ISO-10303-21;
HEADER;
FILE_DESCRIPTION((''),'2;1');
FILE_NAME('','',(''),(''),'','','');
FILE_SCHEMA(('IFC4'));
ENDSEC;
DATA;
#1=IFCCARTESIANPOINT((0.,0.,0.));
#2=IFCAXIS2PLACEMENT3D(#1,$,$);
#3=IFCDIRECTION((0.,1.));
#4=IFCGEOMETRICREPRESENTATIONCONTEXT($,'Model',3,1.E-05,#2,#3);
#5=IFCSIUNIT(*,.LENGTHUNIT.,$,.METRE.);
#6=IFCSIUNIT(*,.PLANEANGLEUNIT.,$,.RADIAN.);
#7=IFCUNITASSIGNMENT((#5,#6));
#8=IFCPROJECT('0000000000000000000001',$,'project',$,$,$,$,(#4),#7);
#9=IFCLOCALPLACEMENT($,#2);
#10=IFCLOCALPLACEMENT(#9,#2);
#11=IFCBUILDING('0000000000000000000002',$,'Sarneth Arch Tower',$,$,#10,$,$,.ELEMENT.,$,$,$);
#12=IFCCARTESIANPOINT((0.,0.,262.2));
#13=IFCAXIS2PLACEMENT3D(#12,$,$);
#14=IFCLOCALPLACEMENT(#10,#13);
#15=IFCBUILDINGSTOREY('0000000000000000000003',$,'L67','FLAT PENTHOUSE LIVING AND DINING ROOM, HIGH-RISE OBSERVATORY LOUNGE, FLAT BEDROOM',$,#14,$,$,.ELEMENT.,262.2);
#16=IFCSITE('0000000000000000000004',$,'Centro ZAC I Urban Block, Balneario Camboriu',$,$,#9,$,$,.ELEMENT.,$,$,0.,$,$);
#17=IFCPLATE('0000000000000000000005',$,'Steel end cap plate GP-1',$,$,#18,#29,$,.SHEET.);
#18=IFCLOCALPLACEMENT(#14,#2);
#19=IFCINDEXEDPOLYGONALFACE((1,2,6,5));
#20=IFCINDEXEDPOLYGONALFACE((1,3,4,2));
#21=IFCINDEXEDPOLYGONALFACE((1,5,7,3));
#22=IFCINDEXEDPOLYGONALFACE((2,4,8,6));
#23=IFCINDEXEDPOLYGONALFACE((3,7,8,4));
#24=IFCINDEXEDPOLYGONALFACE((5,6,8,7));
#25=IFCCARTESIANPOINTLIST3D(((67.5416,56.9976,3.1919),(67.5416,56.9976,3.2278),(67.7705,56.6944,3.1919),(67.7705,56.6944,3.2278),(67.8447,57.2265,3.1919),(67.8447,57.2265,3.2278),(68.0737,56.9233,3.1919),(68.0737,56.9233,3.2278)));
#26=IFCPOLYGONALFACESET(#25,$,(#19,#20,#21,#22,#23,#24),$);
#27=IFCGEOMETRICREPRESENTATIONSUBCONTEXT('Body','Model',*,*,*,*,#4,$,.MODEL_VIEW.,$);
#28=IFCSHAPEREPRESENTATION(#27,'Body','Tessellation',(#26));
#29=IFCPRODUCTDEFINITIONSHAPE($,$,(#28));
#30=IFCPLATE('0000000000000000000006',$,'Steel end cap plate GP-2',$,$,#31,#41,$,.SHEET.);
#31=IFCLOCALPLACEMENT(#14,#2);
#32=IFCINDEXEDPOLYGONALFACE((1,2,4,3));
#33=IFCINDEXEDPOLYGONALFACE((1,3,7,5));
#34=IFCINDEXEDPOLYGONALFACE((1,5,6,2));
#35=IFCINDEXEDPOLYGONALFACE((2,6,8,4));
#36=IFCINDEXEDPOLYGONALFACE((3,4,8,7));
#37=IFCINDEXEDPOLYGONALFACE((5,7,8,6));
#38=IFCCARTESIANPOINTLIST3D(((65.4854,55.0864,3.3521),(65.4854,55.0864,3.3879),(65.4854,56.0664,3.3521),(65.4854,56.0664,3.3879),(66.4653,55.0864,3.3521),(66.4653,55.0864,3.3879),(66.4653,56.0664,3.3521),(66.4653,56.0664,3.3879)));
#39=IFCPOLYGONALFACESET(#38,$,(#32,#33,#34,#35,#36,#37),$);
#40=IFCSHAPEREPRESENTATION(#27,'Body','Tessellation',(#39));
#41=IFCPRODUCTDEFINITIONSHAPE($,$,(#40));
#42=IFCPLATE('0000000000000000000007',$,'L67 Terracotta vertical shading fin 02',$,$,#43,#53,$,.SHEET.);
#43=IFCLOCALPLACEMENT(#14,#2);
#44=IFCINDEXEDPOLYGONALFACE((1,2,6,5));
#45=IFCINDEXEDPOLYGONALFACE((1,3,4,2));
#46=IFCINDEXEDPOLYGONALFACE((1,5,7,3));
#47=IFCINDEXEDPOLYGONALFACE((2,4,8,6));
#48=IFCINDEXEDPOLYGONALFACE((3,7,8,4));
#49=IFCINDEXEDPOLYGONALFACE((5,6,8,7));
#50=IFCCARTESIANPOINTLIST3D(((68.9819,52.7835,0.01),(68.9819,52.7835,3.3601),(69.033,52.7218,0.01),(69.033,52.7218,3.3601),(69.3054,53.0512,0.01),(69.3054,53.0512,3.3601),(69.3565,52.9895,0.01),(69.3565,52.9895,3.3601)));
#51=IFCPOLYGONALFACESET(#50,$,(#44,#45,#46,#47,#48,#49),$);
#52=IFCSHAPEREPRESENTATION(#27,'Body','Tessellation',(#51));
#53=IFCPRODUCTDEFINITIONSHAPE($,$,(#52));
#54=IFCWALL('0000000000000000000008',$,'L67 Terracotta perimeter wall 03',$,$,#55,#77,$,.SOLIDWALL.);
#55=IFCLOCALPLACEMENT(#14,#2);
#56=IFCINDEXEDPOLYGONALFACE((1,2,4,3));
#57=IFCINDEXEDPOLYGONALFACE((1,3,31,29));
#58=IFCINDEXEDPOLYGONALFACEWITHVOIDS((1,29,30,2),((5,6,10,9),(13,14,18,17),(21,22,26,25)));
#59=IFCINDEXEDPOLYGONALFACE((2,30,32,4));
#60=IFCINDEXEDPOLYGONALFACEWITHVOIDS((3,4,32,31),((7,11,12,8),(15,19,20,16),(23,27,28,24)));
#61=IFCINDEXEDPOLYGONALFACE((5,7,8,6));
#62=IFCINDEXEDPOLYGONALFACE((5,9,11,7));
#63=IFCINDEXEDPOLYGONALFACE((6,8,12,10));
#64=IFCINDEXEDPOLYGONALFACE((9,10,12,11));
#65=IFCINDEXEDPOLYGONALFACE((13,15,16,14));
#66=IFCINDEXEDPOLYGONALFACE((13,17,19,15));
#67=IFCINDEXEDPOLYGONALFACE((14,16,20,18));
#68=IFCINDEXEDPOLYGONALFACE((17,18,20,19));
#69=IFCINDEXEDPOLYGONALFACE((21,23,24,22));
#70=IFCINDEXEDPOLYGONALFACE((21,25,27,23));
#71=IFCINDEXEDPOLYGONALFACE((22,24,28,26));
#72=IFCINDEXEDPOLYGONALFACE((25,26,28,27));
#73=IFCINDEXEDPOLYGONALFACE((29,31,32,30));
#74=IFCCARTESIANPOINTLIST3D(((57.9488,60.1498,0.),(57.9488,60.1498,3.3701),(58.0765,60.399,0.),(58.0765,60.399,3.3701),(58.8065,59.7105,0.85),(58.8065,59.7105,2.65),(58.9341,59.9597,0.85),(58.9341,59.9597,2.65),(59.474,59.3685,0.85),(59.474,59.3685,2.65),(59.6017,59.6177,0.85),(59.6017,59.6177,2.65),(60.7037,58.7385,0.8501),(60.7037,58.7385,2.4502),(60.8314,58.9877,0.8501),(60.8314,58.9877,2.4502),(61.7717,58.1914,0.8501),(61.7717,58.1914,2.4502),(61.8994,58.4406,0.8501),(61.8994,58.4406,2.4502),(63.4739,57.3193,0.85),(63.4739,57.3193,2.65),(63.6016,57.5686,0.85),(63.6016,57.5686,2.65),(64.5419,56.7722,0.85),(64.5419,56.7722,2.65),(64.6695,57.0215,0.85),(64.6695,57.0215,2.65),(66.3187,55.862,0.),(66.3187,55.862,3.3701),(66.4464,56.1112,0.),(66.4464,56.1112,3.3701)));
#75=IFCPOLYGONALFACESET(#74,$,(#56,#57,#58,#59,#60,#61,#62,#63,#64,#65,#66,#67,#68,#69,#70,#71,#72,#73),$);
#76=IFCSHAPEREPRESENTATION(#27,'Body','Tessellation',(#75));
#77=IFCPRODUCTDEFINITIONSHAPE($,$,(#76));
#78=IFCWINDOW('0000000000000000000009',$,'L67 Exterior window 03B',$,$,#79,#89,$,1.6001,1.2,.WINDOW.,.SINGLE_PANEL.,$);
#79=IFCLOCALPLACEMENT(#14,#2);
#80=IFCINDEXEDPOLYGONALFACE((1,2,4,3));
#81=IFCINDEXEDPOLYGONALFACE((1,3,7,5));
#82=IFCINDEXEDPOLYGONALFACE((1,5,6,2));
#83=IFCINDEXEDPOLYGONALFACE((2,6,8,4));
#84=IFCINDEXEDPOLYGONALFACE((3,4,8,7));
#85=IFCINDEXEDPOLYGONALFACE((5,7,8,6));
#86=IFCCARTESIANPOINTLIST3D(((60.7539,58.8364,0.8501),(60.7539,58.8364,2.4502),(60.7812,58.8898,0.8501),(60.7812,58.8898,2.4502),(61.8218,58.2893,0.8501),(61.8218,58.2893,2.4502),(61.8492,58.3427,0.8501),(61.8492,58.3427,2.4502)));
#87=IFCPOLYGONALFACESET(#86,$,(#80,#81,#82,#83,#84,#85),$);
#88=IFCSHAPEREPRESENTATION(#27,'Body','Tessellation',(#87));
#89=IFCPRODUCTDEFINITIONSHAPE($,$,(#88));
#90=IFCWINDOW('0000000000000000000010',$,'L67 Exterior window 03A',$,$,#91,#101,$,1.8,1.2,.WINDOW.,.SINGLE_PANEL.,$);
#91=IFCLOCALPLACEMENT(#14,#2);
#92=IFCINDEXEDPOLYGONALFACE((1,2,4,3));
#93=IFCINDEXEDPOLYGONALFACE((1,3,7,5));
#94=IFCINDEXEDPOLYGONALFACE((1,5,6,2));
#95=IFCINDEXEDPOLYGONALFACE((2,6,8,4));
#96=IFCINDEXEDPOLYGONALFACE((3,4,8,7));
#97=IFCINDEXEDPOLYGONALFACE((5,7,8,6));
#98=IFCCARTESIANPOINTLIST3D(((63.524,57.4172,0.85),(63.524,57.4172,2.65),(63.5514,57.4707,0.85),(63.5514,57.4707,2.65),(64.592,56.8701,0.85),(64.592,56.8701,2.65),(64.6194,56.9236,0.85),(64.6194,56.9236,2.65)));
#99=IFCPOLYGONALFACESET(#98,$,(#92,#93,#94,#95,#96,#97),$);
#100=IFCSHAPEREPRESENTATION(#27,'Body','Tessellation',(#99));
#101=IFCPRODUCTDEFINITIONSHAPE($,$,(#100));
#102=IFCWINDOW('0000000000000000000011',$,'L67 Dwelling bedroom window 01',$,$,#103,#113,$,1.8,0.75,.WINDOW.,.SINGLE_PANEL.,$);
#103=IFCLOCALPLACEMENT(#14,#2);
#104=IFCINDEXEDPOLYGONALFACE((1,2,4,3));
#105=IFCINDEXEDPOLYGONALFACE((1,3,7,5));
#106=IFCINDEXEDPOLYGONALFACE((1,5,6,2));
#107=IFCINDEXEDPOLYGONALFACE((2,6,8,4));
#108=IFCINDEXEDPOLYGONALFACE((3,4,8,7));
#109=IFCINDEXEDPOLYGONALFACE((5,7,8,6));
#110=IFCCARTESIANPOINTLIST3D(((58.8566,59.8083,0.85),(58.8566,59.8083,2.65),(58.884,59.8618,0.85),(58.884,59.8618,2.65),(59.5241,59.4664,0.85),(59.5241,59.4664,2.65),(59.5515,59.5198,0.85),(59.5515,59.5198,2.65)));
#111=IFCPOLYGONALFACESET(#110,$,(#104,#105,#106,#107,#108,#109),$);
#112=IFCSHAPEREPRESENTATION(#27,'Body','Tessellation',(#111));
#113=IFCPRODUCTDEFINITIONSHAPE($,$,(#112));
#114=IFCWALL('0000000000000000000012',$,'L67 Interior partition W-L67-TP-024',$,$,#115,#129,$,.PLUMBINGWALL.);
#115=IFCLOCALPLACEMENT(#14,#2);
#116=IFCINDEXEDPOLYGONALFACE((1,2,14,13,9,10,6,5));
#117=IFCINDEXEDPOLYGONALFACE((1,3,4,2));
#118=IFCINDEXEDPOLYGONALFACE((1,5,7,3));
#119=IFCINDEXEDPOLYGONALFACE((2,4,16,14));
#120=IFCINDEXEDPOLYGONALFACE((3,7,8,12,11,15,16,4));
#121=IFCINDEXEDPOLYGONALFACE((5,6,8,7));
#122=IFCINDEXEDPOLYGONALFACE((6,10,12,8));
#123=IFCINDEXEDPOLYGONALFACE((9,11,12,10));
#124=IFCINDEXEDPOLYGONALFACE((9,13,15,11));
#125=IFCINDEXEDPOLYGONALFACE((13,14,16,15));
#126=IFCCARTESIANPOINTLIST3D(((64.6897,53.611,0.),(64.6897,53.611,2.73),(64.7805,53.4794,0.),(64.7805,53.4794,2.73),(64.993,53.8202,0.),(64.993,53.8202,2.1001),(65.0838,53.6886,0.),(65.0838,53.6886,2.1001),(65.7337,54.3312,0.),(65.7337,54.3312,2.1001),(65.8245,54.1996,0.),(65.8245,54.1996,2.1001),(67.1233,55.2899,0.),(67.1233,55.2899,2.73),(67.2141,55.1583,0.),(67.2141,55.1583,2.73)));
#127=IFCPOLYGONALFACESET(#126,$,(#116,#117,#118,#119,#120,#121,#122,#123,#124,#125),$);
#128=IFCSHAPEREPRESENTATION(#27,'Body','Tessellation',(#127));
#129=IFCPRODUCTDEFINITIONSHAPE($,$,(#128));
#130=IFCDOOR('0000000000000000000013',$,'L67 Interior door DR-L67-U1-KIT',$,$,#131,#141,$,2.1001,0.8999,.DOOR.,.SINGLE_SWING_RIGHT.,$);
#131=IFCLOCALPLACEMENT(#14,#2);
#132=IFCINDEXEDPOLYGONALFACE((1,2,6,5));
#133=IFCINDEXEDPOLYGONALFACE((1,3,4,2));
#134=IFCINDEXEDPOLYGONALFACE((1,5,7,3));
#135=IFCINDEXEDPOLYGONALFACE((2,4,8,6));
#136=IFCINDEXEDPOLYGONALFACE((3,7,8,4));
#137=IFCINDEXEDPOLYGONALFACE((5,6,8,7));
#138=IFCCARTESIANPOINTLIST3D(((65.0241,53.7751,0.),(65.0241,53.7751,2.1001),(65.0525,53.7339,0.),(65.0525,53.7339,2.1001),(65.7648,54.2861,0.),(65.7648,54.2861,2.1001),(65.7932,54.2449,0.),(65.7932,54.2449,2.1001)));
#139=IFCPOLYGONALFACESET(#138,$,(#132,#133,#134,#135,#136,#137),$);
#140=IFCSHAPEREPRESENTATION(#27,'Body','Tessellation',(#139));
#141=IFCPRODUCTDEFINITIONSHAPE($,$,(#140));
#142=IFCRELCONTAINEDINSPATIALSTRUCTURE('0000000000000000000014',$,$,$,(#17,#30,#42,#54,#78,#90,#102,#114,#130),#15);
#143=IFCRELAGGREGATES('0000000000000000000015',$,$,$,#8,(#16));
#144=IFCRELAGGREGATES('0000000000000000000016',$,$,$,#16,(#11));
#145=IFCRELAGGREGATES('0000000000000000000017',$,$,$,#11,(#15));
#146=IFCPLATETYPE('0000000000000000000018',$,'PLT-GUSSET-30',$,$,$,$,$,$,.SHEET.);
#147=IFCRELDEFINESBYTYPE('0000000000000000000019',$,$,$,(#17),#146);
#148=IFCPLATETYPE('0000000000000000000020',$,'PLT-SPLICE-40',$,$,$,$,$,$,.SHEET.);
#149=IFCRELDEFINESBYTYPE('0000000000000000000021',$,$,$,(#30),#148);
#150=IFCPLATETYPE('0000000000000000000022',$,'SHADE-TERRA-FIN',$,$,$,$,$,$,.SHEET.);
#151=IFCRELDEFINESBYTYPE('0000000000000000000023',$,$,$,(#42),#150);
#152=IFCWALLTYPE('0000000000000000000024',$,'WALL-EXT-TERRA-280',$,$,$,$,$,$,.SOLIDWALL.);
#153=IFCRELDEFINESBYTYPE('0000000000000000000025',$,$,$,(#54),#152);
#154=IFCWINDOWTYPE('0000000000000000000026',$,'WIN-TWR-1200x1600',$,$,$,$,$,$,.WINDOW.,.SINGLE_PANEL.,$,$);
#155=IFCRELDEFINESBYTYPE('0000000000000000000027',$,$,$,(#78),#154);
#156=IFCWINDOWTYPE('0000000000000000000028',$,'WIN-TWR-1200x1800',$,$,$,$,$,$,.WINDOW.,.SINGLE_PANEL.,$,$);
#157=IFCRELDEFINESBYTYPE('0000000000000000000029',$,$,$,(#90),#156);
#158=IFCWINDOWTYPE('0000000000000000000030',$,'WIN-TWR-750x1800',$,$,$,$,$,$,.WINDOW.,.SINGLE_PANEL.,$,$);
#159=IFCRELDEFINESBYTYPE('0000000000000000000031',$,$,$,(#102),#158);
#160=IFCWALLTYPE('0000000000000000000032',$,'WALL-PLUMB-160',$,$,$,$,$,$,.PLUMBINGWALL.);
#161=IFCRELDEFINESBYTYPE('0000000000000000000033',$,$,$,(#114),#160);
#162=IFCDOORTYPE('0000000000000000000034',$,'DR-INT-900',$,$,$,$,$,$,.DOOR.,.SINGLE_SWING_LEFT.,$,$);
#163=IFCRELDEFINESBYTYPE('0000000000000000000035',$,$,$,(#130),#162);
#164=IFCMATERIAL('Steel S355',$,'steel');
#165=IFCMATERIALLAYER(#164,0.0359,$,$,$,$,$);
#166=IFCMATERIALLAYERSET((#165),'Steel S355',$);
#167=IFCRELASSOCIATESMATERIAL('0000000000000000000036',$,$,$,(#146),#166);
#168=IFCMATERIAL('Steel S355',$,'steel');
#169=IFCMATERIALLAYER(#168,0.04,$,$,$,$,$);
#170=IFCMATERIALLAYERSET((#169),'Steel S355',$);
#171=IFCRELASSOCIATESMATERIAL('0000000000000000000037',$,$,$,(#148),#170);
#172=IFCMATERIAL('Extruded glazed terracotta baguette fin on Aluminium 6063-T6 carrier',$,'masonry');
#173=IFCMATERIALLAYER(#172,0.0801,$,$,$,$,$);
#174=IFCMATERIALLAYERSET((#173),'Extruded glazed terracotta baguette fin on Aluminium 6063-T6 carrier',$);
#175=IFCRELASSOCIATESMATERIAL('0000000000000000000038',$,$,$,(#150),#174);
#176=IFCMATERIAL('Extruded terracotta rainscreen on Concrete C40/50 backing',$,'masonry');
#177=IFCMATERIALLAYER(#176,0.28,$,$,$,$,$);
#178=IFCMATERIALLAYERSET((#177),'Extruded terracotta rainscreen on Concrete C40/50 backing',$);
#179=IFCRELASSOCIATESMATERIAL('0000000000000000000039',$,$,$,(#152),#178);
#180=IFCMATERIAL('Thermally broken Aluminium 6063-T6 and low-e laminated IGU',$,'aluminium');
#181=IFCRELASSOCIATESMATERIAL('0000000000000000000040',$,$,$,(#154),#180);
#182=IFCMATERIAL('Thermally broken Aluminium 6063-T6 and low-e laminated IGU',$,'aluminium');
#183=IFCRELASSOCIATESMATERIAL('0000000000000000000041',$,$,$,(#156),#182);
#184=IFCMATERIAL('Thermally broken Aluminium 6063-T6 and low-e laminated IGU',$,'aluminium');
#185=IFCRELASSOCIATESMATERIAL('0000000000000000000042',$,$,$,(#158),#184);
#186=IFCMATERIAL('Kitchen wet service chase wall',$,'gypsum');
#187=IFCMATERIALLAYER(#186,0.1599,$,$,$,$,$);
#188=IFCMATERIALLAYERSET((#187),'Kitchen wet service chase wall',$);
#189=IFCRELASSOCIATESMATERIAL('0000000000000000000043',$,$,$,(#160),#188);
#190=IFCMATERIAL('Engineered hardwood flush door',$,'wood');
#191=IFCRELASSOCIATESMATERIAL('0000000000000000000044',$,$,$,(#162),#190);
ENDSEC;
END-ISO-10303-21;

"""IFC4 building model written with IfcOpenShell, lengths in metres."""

from ifc_helpers import new_model, si_unit, direction, frame, frame_2d, origin, origin_2d, place, context, subcontext, project, spatial, rectangle, extrude, material, layer, layer_set, type_object, element, fill, save


model = new_model("IFC4")

# Units and contexts
model_context = context("Model", 3, precision=1e-05, world=origin(), true_north=direction((0.0, 1.0)))
body_context = subcontext(model_context, "Body", "Model", "MODEL_VIEW")
ifc_project = project(units=[si_unit("LENGTHUNIT", "METRE"), si_unit("PLANEANGLEUNIT", "RADIAN")], contexts=[model_context])

# Site, building, storey
site_placement = place(None, origin())
site = spatial("IfcSite", under=ifc_project, at=site_placement, Name="Centro ZAC I Urban Block, Balneario Camboriu", CompositionType="ELEMENT", RefElevation=0.0)
building_placement = place(site_placement, origin())
building = spatial("IfcBuilding", under=site, at=building_placement, Name="Sarneth Arch Tower", CompositionType="ELEMENT")
storey_placement = place(building_placement, frame((0.0, 0.0, 262.2)))
storey = spatial("IfcBuildingStorey", under=building, at=storey_placement, Name="L67", Description="FLAT PENTHOUSE LIVING AND DINING ROOM, HIGH-RISE OBSERVATORY LOUNGE, FLAT BEDROOM", CompositionType="ELEMENT", Elevation=262.2)

# Plates
ifc_material_1 = material(Name="Steel S355", Category="steel")
ifc_layer_1 = layer(ifc_material_1, 0.0359)
ifc_layer_set_1 = layer_set([ifc_layer_1], Name="Steel S355")
plate_type_1 = type_object("IfcPlateType", Name="PLT-GUSSET-30", PredefinedType="SHEET", material=ifc_layer_set_1)
plate_1_placement = place(storey_placement, frame((67.8076, 56.9604, 3.1919), z_axis=(0.0, 0.0, 1.0), x_axis=(0.798005, 0.602651, 0.0)))
element("IfcPlate", 1, at=plate_1_placement, inside=storey, type_object=plate_type_1, Name="Steel end cap plate GP-1", PredefinedType="SHEET", context=body_context, shape_type="SweptSolid", body=[
    extrude(rectangle(XDim=0.3799, YDim=0.3799, at=origin_2d()), origin(), (0.0, 0.0, 1.0), 0.0359),
])
ifc_material_2 = material(Name="Steel S355", Category="steel")
ifc_layer_2 = layer(ifc_material_2, 0.04)
ifc_layer_set_2 = layer_set([ifc_layer_2], Name="Steel S355")
plate_type_2 = type_object("IfcPlateType", Name="PLT-SPLICE-40", PredefinedType="SHEET", material=ifc_layer_set_2)
plate_2_placement = place(storey_placement, frame((65.9753, 55.5764, 3.3521), z_axis=(0.0, 0.0, 1.0), x_axis=(1.0, 0.0, 0.0)))
element("IfcPlate", 2, at=plate_2_placement, inside=storey, type_object=plate_type_2, Name="Steel end cap plate GP-2", PredefinedType="SHEET", context=body_context, shape_type="SweptSolid", body=[
    extrude(rectangle(XDim=0.98, YDim=0.98, at=origin_2d()), origin(), (0.0, 0.0, 1.0), 0.0359),
])
ifc_material_3 = material(Name="Extruded glazed terracotta baguette fin on Aluminium 6063-T6 carrier", Category="masonry")
ifc_layer_3 = layer(ifc_material_3, 0.0801)
ifc_layer_set_3 = layer_set([ifc_layer_3], Name="Extruded glazed terracotta baguette fin on Aluminium 6063-T6 carrier")
plate_type_3 = type_object("IfcPlateType", Name="SHADE-TERRA-FIN", PredefinedType="SHEET", material=ifc_layer_set_3)
plate_3_placement = place(storey_placement, frame((69.1692, 52.8865, 0.01), z_axis=(0.0, 0.0, 1.0), x_axis=(0.770402, 0.637558, 0.0)))
element("IfcPlate", 3, at=plate_3_placement, inside=storey, type_object=plate_type_3, Name="L67 Terracotta vertical shading fin 02", PredefinedType="SHEET", context=body_context, shape_type="SweptSolid", body=[
    extrude(rectangle(XDim=0.4199, YDim=0.0801, at=origin_2d()), origin(), (0.0, 0.0, 1.0), 3.3501),
])

# Wall, openings, windows
ifc_material_4 = material(Name="Extruded terracotta rainscreen on Concrete C40/50 backing", Category="masonry")
ifc_layer_4 = layer(ifc_material_4, 0.28)
ifc_layer_set_4 = layer_set([ifc_layer_4], Name="Extruded terracotta rainscreen on Concrete C40/50 backing")
wall_type_1 = type_object("IfcWallType", Name="WALL-EXT-TERRA-280", PredefinedType="SOLIDWALL", material=ifc_layer_set_4)
wall_1_placement = place(storey_placement, frame((66.3826, 55.9866, 0.0), z_axis=(0.0, 0.0, 1.0), x_axis=(-0.890007, 0.455946, 0.0)))
wall_1 = element("IfcWall", 4, at=wall_1_placement, inside=storey, type_object=wall_type_1, Name="L67 Terracotta perimeter wall 03", PredefinedType="SOLIDWALL", context=body_context, shape_type="SweptSolid", body=[
    extrude(rectangle(XDim=9.4043, YDim=0.28, at=frame_2d((4.7021, 0.0))), origin(), (0.0, 0.0, 1.0), 3.3701),
])
opening_1_placement = place(wall_1_placement, frame((1.9963, 0.0, 0.8501)))
opening_1 = element("IfcOpeningElement", 5, at=opening_1_placement, cuts=wall_1, PredefinedType="OPENING", context=body_context, shape_type="SweptSolid", body=[
    extrude(rectangle(XDim=1.2, YDim=1.8, at=frame_2d((0.6001, 0.8999))), frame((0.0, 0.1499, 0.0), z_axis=(0.0, -1.0, 0.0), x_axis=(1.0, 0.0, 0.0)), (0.0, 0.0, 1.0), 0.3),
])
opening_2_placement = place(wall_1_placement, frame((5.1089, 0.0, 0.8501)))
opening_2 = element("IfcOpeningElement", 6, at=opening_2_placement, cuts=wall_1, PredefinedType="OPENING", context=body_context, shape_type="SweptSolid", body=[
    extrude(rectangle(XDim=1.2, YDim=1.6001, at=frame_2d((0.6001, 0.8))), frame((0.0, 0.1499, 0.0), z_axis=(0.0, -1.0, 0.0), x_axis=(1.0, 0.0, 0.0)), (0.0, 0.0, 1.0), 0.3),
])
opening_3_placement = place(wall_1_placement, frame((7.6907, 0.0, 0.8501)))
opening_3 = element("IfcOpeningElement", 7, at=opening_3_placement, cuts=wall_1, PredefinedType="OPENING", context=body_context, shape_type="SweptSolid", body=[
    extrude(rectangle(XDim=0.75, YDim=1.8, at=frame_2d((0.375, 0.8999))), frame((0.0, 0.1499, 0.0), z_axis=(0.0, -1.0, 0.0), x_axis=(1.0, 0.0, 0.0)), (0.0, 0.0, 1.0), 0.3),
])
ifc_material_5 = material(Name="Thermally broken Aluminium 6063-T6 and low-e laminated IGU", Category="aluminium")
window_type_1 = type_object("IfcWindowType", Name="WIN-TWR-1200x1600", PartitioningType="SINGLE_PANEL", PredefinedType="WINDOW", material=ifc_material_5)
window_1_placement = place(opening_2_placement, origin())
window_1 = element("IfcWindow", 8, at=window_1_placement, inside=storey, type_object=window_type_1, Name="L67 Exterior window 03B", OverallHeight=1.6001, OverallWidth=1.2, PartitioningType="SINGLE_PANEL", PredefinedType="WINDOW", context=body_context, shape_type="SweptSolid", body=[
    extrude(rectangle(XDim=1.2, YDim=1.6001, at=frame_2d((0.6001, 0.8))), frame((0.0, 0.03, 0.0), z_axis=(0.0, -1.0, 0.0), x_axis=(1.0, 0.0, 0.0)), (0.0, 0.0, 1.0), 0.0601),
])
fill(opening_2, window_1)
ifc_material_6 = material(Name="Thermally broken Aluminium 6063-T6 and low-e laminated IGU", Category="aluminium")
window_type_2 = type_object("IfcWindowType", Name="WIN-TWR-1200x1800", PartitioningType="SINGLE_PANEL", PredefinedType="WINDOW", material=ifc_material_6)
window_2_placement = place(opening_1_placement, origin())
window_2 = element("IfcWindow", 9, at=window_2_placement, inside=storey, type_object=window_type_2, Name="L67 Exterior window 03A", OverallHeight=1.8, OverallWidth=1.2, PartitioningType="SINGLE_PANEL", PredefinedType="WINDOW", context=body_context, shape_type="SweptSolid", body=[
    extrude(rectangle(XDim=1.2, YDim=1.8, at=frame_2d((0.6001, 0.8999))), frame((0.0, 0.03, 0.0), z_axis=(0.0, -1.0, 0.0), x_axis=(1.0, 0.0, 0.0)), (0.0, 0.0, 1.0), 0.0601),
])
fill(opening_1, window_2)
ifc_material_7 = material(Name="Thermally broken Aluminium 6063-T6 and low-e laminated IGU", Category="aluminium")
window_type_3 = type_object("IfcWindowType", Name="WIN-TWR-750x1800", PartitioningType="SINGLE_PANEL", PredefinedType="WINDOW", material=ifc_material_7)
window_3_placement = place(opening_3_placement, origin())
window_3 = element("IfcWindow", 10, at=window_3_placement, inside=storey, type_object=window_type_3, Name="L67 Dwelling bedroom window 01", OverallHeight=1.8, OverallWidth=0.75, PartitioningType="SINGLE_PANEL", PredefinedType="WINDOW", context=body_context, shape_type="SweptSolid", body=[
    extrude(rectangle(XDim=0.75, YDim=1.8, at=frame_2d((0.375, 0.8999))), frame((0.0, 0.03, 0.0), z_axis=(0.0, -1.0, 0.0), x_axis=(1.0, 0.0, 0.0)), (0.0, 0.0, 1.0), 0.0601),
])
fill(opening_3, window_3)

# Wall, opening, door
ifc_material_8 = material(Name="Kitchen wet service chase wall", Category="gypsum")
ifc_layer_5 = layer(ifc_material_8, 0.1599)
ifc_layer_set_5 = layer_set([ifc_layer_5], Name="Kitchen wet service chase wall")
wall_type_2 = type_object("IfcWallType", Name="WALL-PLUMB-160", PredefinedType="PLUMBINGWALL", material=ifc_layer_set_5)
wall_2_placement = place(storey_placement, frame((67.1687, 55.2241, 0.0), z_axis=(0.0, 0.0, 1.0), x_axis=(-0.823116, -0.567874, 0.0)))
wall_2 = element("IfcWall", 11, at=wall_2_placement, inside=storey, type_object=wall_type_2, Name="L67 Interior partition W-L67-TP-024", PredefinedType="PLUMBINGWALL", context=body_context, shape_type="SweptSolid", body=[
    extrude(rectangle(XDim=2.9565, YDim=0.1599, at=frame_2d((1.4783, 0.0))), origin(), (0.0, 0.0, 1.0), 2.73),
])
opening_4_placement = place(wall_2_placement, frame((1.6882, 0.0, 0.0)))
opening_4 = element("IfcOpeningElement", 12, at=opening_4_placement, cuts=wall_2, PredefinedType="OPENING", context=body_context, shape_type="SweptSolid", body=[
    extrude(rectangle(XDim=0.8999, YDim=2.1001, at=frame_2d((0.45, 1.05))), frame((0.0, 0.0898, 0.0), z_axis=(0.0, -1.0, 0.0), x_axis=(1.0, 0.0, 0.0)), (0.0, 0.0, 1.0), 0.1799),
])
ifc_material_9 = material(Name="Engineered hardwood flush door", Category="wood")
door_type = type_object("IfcDoorType", Name="DR-INT-900", OperationType="SINGLE_SWING_LEFT", PredefinedType="DOOR", material=ifc_material_9)
door_placement = place(opening_4_placement, origin())
door = element("IfcDoor", 13, at=door_placement, inside=storey, type_object=door_type, Name="L67 Interior door DR-L67-U1-KIT", OperationType="SINGLE_SWING_RIGHT", OverallHeight=2.1001, OverallWidth=0.8999, PredefinedType="DOOR", context=body_context, shape_type="SweptSolid", body=[
    extrude(rectangle(XDim=0.8999, YDim=2.1001, at=frame_2d((0.45, 1.05))), frame((0.0, 0.0249, 0.0), z_axis=(0.0, -1.0, 0.0), x_axis=(1.0, 0.0, 0.0)), (0.0, 0.0, 1.0), 0.05),
])
fill(opening_4, door)

save(model, "model.ifc")
